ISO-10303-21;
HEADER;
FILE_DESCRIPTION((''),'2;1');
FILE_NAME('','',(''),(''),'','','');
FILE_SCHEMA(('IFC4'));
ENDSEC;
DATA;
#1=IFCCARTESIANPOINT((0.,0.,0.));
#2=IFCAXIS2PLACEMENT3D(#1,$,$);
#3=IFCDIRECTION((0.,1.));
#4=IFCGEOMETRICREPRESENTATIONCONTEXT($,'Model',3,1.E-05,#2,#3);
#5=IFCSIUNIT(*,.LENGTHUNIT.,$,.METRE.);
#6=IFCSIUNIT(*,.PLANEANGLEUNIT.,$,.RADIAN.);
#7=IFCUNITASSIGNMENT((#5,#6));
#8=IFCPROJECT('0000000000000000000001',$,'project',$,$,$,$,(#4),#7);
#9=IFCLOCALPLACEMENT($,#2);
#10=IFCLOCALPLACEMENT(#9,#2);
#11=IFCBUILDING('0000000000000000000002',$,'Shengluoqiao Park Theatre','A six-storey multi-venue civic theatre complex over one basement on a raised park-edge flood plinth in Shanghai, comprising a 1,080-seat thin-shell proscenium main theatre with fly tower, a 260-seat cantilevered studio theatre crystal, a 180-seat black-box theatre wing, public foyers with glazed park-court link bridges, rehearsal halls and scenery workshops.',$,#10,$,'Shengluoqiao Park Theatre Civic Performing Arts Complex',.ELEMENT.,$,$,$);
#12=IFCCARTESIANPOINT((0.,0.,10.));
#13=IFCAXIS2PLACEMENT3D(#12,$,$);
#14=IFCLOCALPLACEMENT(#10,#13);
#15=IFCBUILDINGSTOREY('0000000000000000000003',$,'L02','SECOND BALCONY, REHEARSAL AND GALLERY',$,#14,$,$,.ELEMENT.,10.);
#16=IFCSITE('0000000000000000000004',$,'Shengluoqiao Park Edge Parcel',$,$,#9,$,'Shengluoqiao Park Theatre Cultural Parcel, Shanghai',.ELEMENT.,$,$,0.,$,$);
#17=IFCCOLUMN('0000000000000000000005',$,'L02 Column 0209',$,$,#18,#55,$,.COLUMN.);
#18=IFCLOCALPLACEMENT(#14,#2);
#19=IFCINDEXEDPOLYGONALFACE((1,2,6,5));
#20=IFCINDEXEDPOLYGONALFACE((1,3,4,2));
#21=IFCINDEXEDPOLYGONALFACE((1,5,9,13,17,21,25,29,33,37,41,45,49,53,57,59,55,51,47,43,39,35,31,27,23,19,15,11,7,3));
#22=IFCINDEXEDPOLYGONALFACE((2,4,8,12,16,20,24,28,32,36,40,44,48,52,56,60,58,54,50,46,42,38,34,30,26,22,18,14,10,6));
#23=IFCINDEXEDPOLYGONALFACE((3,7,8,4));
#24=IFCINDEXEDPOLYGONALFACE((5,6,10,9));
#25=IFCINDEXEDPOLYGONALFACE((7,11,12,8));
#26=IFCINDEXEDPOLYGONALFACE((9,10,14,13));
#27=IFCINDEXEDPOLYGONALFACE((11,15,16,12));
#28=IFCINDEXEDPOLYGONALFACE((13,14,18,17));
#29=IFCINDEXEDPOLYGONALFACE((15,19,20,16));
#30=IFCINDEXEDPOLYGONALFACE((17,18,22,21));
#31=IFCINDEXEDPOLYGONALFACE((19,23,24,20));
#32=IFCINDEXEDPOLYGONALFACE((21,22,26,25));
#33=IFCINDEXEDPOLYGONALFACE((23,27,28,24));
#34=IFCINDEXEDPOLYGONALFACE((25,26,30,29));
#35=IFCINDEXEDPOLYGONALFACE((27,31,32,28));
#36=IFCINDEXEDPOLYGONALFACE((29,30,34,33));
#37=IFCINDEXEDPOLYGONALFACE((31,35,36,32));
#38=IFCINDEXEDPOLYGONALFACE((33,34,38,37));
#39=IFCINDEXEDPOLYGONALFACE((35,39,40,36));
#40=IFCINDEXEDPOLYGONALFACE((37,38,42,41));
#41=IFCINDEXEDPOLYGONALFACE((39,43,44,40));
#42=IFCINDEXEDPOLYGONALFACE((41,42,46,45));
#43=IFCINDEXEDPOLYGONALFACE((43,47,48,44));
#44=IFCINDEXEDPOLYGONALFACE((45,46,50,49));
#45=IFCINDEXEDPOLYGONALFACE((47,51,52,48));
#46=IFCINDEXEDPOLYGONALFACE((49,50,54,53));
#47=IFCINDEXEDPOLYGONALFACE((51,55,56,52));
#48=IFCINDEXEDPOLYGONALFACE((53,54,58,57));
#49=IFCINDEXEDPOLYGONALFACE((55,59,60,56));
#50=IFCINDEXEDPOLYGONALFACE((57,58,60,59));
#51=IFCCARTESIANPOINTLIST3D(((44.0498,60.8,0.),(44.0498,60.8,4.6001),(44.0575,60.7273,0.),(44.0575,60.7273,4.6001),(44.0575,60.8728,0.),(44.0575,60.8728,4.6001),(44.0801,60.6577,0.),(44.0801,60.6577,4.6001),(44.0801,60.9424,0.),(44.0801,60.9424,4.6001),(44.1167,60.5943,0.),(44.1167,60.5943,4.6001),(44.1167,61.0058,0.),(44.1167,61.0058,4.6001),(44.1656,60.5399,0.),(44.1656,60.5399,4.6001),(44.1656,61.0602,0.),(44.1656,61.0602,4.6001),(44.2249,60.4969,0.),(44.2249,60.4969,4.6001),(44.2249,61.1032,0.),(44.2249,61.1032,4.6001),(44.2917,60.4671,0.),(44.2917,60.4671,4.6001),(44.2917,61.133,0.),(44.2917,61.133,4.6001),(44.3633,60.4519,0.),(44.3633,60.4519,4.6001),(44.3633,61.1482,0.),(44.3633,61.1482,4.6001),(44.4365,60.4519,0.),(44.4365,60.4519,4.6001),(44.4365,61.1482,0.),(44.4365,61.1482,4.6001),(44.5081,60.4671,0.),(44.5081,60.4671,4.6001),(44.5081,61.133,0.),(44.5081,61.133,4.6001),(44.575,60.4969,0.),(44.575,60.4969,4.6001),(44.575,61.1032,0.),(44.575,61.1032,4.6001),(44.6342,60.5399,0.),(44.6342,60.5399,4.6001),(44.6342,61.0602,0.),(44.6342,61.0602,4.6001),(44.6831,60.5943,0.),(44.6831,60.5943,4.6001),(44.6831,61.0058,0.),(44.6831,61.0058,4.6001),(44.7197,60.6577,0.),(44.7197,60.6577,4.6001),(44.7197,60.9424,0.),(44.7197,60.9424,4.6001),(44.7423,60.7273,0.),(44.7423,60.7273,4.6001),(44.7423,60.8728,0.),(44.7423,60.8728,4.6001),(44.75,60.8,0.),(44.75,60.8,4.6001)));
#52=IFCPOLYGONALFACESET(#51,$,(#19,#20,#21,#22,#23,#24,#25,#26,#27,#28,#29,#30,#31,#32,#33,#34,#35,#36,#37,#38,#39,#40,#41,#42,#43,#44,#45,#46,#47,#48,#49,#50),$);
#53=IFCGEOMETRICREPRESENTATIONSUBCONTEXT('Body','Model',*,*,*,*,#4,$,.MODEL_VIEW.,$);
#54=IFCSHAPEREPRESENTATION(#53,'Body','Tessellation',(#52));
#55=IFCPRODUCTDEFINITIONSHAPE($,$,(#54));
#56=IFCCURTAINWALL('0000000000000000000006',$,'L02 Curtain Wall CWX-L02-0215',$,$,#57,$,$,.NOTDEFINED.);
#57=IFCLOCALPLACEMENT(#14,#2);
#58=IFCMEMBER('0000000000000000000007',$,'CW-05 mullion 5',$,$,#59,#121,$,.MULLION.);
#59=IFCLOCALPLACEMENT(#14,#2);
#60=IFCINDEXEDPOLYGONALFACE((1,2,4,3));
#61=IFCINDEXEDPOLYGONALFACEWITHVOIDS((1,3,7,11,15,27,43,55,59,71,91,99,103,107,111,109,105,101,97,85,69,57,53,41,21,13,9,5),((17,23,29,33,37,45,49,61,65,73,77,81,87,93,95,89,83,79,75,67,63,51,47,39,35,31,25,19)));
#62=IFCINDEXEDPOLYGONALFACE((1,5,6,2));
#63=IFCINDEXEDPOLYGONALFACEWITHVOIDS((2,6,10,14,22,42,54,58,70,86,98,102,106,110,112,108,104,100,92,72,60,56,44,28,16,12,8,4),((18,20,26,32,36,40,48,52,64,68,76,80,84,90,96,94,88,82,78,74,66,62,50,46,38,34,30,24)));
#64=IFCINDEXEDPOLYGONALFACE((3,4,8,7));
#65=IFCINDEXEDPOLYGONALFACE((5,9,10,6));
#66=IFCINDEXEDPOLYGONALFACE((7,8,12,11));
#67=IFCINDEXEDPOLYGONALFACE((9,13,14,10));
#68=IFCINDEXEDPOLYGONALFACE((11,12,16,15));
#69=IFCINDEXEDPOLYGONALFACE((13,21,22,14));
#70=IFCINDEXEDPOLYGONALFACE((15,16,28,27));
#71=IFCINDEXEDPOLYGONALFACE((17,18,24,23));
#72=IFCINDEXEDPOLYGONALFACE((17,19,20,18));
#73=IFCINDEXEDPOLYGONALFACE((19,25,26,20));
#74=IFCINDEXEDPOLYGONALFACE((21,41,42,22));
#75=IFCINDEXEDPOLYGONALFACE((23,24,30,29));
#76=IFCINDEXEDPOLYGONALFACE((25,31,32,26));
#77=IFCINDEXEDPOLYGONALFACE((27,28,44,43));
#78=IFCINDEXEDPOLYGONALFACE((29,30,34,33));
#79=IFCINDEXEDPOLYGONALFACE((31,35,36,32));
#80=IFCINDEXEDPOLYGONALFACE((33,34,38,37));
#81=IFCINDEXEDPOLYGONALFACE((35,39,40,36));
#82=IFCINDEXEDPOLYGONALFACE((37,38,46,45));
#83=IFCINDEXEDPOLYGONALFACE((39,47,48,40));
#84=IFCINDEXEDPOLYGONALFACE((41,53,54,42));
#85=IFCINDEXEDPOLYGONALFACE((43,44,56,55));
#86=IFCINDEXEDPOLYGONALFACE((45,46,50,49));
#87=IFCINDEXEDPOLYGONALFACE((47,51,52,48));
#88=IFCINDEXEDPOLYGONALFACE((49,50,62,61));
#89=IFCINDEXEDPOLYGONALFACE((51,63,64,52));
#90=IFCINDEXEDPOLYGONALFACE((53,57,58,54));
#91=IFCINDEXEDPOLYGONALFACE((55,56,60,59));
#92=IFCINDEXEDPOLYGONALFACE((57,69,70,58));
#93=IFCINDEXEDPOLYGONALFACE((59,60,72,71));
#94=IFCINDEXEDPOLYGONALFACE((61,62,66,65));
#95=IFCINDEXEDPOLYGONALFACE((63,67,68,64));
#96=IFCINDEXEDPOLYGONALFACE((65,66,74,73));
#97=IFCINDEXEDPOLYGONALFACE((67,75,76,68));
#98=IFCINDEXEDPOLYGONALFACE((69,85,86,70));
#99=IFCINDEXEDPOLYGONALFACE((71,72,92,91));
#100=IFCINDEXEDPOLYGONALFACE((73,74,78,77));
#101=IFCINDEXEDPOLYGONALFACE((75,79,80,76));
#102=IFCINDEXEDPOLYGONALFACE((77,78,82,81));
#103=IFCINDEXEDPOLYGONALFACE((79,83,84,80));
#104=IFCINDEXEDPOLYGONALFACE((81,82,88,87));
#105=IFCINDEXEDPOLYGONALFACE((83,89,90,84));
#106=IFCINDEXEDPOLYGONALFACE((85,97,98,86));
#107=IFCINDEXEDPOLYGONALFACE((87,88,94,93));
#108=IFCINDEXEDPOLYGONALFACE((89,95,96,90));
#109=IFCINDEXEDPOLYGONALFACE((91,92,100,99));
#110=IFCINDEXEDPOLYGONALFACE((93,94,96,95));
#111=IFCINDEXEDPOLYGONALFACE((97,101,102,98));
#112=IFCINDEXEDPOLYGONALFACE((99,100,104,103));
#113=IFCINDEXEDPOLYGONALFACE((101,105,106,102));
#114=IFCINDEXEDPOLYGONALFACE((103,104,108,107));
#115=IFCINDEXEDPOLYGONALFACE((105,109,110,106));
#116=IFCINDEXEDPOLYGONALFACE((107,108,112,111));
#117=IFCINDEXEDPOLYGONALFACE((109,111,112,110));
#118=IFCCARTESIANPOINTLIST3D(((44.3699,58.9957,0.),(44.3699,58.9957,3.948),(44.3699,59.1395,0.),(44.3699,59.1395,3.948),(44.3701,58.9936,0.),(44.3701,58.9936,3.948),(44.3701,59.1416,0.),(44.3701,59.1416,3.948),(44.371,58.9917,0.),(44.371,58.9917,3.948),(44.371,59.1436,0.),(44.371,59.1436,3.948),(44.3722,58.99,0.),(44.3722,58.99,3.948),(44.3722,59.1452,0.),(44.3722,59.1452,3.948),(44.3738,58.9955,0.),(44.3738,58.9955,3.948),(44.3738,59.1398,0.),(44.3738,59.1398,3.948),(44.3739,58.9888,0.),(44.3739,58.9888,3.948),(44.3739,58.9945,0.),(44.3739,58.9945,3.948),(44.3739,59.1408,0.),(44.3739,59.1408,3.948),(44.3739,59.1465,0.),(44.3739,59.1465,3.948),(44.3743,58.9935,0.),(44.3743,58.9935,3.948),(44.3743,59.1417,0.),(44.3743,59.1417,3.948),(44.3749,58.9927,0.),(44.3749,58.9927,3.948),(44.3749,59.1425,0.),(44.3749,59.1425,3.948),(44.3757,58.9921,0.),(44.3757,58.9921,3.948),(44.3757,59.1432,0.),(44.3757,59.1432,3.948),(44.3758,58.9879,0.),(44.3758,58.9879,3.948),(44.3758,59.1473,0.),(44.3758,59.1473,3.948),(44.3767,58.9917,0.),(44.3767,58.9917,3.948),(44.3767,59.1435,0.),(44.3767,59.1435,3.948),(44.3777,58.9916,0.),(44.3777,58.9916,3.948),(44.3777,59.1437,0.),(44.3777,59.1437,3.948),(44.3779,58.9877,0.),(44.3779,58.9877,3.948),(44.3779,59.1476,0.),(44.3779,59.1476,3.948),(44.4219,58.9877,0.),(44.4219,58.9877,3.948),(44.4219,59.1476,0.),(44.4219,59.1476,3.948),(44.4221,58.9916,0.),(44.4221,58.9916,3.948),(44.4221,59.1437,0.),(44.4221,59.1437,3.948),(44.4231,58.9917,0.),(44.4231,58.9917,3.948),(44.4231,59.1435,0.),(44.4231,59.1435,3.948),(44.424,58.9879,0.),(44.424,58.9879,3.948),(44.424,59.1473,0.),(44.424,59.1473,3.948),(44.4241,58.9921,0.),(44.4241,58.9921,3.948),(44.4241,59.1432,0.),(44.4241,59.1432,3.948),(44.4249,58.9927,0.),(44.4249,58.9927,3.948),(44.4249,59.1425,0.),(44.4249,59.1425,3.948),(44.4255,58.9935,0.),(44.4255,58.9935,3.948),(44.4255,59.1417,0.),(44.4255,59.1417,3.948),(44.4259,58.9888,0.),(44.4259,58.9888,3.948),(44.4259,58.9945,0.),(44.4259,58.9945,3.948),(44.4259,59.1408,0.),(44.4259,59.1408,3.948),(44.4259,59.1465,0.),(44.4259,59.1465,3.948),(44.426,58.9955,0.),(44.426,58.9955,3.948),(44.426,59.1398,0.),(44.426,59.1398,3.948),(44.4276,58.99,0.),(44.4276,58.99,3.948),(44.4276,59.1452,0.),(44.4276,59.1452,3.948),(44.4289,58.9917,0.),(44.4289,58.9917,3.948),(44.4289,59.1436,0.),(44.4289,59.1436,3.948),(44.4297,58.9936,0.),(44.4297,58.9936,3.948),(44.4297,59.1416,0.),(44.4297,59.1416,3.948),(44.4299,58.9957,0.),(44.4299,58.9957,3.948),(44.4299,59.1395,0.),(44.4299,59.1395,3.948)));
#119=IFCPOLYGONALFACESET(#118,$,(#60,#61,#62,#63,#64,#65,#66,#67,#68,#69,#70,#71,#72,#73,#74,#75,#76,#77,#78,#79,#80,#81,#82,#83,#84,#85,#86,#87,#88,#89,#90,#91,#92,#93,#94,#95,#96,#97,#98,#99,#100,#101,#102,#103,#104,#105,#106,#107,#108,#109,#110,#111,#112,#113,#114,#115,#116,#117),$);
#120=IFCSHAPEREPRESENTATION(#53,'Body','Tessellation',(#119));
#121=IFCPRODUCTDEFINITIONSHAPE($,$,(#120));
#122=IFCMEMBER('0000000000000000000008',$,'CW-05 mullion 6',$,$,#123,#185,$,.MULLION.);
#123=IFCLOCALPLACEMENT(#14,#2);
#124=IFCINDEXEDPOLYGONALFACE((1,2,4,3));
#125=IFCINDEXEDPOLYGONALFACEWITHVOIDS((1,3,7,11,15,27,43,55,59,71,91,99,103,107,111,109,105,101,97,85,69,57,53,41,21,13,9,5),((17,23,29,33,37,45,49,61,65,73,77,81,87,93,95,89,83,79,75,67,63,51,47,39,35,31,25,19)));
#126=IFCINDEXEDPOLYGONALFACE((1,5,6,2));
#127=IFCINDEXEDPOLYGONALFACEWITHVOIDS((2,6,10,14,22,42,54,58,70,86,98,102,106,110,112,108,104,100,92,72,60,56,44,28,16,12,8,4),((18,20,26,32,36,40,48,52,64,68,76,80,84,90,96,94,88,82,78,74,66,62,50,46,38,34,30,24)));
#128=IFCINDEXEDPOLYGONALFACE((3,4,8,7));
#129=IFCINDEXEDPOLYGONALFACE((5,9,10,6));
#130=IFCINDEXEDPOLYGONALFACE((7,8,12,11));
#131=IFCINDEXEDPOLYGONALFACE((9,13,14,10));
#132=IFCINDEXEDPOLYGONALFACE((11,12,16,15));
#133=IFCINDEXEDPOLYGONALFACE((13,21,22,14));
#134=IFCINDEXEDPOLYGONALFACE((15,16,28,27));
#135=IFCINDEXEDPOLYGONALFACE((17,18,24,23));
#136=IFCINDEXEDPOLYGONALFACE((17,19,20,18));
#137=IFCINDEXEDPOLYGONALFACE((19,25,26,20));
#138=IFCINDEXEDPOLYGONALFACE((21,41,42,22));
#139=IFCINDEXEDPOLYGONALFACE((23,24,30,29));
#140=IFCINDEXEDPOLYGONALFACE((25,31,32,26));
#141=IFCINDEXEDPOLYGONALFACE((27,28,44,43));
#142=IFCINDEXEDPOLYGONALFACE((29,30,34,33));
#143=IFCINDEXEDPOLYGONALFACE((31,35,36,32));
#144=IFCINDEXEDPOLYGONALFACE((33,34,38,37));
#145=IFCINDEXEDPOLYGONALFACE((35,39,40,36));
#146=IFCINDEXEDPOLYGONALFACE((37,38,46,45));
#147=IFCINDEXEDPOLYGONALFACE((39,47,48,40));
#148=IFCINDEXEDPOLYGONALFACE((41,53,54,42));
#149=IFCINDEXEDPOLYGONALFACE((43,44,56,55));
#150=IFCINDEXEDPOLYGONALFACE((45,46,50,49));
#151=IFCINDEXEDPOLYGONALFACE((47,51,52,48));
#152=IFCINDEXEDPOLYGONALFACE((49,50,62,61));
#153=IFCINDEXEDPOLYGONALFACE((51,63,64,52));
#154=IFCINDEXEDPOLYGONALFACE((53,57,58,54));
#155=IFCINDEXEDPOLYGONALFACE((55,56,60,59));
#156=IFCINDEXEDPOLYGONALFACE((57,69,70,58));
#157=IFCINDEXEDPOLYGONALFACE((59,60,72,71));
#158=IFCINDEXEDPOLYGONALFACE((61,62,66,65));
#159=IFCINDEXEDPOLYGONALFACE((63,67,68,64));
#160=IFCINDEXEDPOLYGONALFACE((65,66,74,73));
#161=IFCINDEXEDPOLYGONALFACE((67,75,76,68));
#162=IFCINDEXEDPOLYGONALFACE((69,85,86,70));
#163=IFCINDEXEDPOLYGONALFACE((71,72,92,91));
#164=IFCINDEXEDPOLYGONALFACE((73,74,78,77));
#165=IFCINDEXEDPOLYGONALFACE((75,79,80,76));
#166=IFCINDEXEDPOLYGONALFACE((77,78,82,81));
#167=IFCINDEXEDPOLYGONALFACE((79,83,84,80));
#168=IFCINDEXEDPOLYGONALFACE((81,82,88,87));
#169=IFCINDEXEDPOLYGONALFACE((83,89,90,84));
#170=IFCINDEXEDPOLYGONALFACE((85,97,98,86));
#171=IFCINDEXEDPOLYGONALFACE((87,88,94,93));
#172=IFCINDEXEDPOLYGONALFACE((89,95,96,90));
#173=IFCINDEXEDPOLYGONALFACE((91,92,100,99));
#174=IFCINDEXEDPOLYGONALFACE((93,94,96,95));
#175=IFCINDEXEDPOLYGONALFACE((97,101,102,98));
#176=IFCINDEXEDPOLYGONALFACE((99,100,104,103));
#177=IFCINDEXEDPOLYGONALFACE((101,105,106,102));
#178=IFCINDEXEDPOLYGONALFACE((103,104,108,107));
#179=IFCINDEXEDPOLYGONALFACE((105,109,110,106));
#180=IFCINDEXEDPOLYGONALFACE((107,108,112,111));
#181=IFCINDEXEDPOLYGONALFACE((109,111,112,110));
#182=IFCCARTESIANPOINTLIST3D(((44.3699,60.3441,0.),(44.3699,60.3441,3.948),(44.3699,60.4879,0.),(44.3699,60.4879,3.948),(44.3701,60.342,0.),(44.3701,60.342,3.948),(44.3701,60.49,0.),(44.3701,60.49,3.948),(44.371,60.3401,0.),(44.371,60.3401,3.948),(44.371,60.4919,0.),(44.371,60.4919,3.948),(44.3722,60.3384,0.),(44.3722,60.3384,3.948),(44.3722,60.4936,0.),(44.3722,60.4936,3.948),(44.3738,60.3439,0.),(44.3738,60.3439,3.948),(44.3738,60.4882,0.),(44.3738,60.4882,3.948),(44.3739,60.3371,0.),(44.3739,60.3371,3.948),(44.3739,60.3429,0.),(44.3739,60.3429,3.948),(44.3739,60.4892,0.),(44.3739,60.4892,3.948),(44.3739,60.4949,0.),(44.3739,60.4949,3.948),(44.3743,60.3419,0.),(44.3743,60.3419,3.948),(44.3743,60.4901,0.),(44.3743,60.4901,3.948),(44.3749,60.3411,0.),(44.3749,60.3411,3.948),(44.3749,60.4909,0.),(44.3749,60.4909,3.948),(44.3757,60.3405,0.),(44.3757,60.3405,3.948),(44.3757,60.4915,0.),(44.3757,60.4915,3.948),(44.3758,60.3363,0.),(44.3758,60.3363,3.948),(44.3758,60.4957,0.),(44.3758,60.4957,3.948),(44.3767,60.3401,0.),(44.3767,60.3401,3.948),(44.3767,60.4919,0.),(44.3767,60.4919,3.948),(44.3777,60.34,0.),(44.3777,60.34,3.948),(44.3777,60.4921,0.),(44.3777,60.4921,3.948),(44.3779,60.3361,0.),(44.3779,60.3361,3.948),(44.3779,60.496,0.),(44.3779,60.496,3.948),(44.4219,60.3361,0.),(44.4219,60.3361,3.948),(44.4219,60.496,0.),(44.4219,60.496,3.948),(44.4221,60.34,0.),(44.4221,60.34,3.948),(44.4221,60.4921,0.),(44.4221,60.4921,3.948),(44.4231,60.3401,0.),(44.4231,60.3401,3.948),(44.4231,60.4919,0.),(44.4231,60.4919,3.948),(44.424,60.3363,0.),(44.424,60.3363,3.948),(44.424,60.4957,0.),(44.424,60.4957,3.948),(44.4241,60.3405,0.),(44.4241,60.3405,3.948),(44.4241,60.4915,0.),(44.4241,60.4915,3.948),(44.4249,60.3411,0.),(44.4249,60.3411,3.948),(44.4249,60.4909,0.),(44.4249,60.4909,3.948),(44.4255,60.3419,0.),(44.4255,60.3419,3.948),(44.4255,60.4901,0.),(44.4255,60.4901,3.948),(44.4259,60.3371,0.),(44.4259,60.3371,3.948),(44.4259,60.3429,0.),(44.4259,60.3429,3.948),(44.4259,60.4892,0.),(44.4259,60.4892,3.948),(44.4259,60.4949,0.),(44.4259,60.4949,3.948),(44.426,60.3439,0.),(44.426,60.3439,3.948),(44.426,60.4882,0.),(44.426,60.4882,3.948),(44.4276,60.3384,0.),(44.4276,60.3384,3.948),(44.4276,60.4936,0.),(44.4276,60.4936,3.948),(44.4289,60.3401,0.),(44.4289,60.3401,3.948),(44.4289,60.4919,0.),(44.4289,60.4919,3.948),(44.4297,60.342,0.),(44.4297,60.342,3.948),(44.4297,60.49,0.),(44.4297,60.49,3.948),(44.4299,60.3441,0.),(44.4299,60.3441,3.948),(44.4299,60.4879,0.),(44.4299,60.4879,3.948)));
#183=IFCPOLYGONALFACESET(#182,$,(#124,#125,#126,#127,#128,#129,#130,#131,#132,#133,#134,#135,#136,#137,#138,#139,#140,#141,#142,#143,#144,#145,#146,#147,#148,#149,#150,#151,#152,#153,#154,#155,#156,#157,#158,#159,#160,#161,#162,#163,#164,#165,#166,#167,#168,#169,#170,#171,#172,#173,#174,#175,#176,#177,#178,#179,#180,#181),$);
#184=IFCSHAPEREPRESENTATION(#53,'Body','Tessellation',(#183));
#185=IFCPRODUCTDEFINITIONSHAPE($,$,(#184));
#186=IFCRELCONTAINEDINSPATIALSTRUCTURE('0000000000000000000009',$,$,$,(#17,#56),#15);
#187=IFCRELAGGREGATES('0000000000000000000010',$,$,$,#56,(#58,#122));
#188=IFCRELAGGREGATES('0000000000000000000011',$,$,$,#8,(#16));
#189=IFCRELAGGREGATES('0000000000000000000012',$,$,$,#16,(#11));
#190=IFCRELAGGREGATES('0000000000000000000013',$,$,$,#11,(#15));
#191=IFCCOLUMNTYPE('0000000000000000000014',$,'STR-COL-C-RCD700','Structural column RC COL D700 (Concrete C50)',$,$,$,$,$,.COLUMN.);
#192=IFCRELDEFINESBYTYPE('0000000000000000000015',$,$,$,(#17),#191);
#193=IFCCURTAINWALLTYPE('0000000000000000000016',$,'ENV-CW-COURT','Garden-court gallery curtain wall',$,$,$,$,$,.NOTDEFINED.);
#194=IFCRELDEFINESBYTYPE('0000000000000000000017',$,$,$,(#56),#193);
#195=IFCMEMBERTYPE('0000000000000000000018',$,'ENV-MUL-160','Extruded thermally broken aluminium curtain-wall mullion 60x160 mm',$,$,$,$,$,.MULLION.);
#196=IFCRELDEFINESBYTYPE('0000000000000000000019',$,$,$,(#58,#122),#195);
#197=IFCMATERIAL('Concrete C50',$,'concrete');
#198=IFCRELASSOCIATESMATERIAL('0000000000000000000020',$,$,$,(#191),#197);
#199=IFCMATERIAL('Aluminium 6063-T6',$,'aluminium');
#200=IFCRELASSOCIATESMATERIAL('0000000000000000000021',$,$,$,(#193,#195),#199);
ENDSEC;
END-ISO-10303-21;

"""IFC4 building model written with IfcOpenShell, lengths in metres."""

from ifc_helpers import new_model, si_unit, direction, frame, origin, origin_2d, place, context, subcontext, project, spatial, hollow_rectangle, circle, extrude, material, material_profile, profile_set, type_object, element, aggregate, save


model = new_model("IFC4")

# Units and contexts
model_context = context("Model", 3, precision=1e-05, world=origin(), true_north=direction((0.0, 1.0)))
body_context = subcontext(model_context, "Body", "Model", "MODEL_VIEW")
ifc_project = project(units=[si_unit("LENGTHUNIT", "METRE"), si_unit("PLANEANGLEUNIT", "RADIAN")], contexts=[model_context])

# Site, building, storey
site_placement = place(None, origin())
site = spatial("IfcSite", under=ifc_project, at=site_placement, Name="Shengluoqiao Park Edge Parcel", LongName="Shengluoqiao Park Theatre Cultural Parcel, Shanghai", CompositionType="ELEMENT", RefElevation=0.0)
building_placement = place(site_placement, origin())
building = spatial("IfcBuilding", under=site, at=building_placement, Name="Shengluoqiao Park Theatre", Description="A six-storey multi-venue civic theatre complex over one basement on a raised park-edge flood plinth in Shanghai, comprising a 1,080-seat thin-shell proscenium main theatre with fly tower, a 260-seat cantilevered studio theatre crystal, a 180-seat black-box theatre wing, public foyers with glazed park-court link bridges, rehearsal halls and scenery workshops.", LongName="Shengluoqiao Park Theatre Civic Performing Arts Complex", CompositionType="ELEMENT")
storey_placement = place(building_placement, frame((0.0, 0.0, 10.0)))
storey = spatial("IfcBuildingStorey", under=building, at=storey_placement, Name="L02", Description="SECOND BALCONY, REHEARSAL AND GALLERY", CompositionType="ELEMENT", Elevation=10.0)

# Column
ifc_material_1 = material(Name="Concrete C50", Category="concrete")
ifc_material_profile_1 = material_profile(ifc_material_1, circle(Radius=0.3501, at=origin_2d()), Name="RC COL D700")
ifc_profile_set_1 = profile_set([ifc_material_profile_1], Name="Concrete C50")
column_type = type_object("IfcColumnType", Name="STR-COL-C-RCD700", Description="Structural column RC COL D700 (Concrete C50)", PredefinedType="COLUMN", material=ifc_profile_set_1)
column_placement = place(storey_placement, frame((44.3999, 60.8, 0.0), z_axis=(0.0, 0.0, 1.0), x_axis=(1.0, 0.0, 0.0)))
element("IfcColumn", 1, at=column_placement, inside=storey, type_object=column_type, Name="L02 Column 0209", PredefinedType="COLUMN", context=body_context, shape_type="SweptSolid", body=[
    extrude(circle(Radius=0.3501, at=origin_2d()), origin(), (0.0, 0.0, 1.0), 4.6001),
])

# Curtain wall, members
ifc_material_2 = material(Name="Aluminium 6063-T6", Category="aluminium")
curtain_wall_type = type_object("IfcCurtainWallType", Name="ENV-CW-COURT", Description="Garden-court gallery curtain wall", PredefinedType="NOTDEFINED", material=ifc_material_2)
curtain_wall_1_placement = place(storey_placement, origin())
curtain_wall_1 = element("IfcCurtainWall", 2, at=curtain_wall_1_placement, inside=storey, type_object=curtain_wall_type, Name="L02 Curtain Wall CWX-L02-0215", PredefinedType="NOTDEFINED")
ifc_material_profile_2 = material_profile(ifc_material_2, hollow_rectangle(XDim=0.0601, YDim=0.1599, WallThickness=0.0039, InnerFilletRadius=0.0039, OuterFilletRadius=0.0081, at=origin_2d()), Name="ALU MULLION 160x60x4")
ifc_profile_set_2 = profile_set([ifc_material_profile_2], Name="Aluminium 6063-T6")
member_type_1 = type_object("IfcMemberType", Name="ENV-MUL-160", Description="Extruded thermally broken aluminium curtain-wall mullion 60x160 mm", PredefinedType="MULLION", material=ifc_profile_set_2)
member_1_placement = place(storey_placement, frame((44.3999, 59.0676, 0.0), z_axis=(0.0, 0.0, 1.0), x_axis=(-1.0, 0.0, 0.0)))
member_1 = element("IfcMember", 3, at=member_1_placement, type_object=member_type_1, Name="CW-05 mullion 5", PredefinedType="MULLION", context=body_context, shape_type="SweptSolid", body=[
    extrude(hollow_rectangle(XDim=0.0601, YDim=0.1599, WallThickness=0.0039, InnerFilletRadius=0.0039, OuterFilletRadius=0.0081, at=origin_2d()), origin(), (0.0, 0.0, 1.0), 3.948),
])
member_2_placement = place(storey_placement, frame((44.3999, 60.416, 0.0), z_axis=(0.0, 0.0, 1.0), x_axis=(-1.0, 0.0, 0.0)))
member_2 = element("IfcMember", 4, at=member_2_placement, type_object=member_type_1, Name="CW-05 mullion 6", PredefinedType="MULLION", context=body_context, shape_type="SweptSolid", body=[
    extrude(hollow_rectangle(XDim=0.0601, YDim=0.1599, WallThickness=0.0039, InnerFilletRadius=0.0039, OuterFilletRadius=0.0081, at=origin_2d()), origin(), (0.0, 0.0, 1.0), 3.948),
])

aggregate(curtain_wall_1, [member_1, member_2])

save(model, "model.ifc")
